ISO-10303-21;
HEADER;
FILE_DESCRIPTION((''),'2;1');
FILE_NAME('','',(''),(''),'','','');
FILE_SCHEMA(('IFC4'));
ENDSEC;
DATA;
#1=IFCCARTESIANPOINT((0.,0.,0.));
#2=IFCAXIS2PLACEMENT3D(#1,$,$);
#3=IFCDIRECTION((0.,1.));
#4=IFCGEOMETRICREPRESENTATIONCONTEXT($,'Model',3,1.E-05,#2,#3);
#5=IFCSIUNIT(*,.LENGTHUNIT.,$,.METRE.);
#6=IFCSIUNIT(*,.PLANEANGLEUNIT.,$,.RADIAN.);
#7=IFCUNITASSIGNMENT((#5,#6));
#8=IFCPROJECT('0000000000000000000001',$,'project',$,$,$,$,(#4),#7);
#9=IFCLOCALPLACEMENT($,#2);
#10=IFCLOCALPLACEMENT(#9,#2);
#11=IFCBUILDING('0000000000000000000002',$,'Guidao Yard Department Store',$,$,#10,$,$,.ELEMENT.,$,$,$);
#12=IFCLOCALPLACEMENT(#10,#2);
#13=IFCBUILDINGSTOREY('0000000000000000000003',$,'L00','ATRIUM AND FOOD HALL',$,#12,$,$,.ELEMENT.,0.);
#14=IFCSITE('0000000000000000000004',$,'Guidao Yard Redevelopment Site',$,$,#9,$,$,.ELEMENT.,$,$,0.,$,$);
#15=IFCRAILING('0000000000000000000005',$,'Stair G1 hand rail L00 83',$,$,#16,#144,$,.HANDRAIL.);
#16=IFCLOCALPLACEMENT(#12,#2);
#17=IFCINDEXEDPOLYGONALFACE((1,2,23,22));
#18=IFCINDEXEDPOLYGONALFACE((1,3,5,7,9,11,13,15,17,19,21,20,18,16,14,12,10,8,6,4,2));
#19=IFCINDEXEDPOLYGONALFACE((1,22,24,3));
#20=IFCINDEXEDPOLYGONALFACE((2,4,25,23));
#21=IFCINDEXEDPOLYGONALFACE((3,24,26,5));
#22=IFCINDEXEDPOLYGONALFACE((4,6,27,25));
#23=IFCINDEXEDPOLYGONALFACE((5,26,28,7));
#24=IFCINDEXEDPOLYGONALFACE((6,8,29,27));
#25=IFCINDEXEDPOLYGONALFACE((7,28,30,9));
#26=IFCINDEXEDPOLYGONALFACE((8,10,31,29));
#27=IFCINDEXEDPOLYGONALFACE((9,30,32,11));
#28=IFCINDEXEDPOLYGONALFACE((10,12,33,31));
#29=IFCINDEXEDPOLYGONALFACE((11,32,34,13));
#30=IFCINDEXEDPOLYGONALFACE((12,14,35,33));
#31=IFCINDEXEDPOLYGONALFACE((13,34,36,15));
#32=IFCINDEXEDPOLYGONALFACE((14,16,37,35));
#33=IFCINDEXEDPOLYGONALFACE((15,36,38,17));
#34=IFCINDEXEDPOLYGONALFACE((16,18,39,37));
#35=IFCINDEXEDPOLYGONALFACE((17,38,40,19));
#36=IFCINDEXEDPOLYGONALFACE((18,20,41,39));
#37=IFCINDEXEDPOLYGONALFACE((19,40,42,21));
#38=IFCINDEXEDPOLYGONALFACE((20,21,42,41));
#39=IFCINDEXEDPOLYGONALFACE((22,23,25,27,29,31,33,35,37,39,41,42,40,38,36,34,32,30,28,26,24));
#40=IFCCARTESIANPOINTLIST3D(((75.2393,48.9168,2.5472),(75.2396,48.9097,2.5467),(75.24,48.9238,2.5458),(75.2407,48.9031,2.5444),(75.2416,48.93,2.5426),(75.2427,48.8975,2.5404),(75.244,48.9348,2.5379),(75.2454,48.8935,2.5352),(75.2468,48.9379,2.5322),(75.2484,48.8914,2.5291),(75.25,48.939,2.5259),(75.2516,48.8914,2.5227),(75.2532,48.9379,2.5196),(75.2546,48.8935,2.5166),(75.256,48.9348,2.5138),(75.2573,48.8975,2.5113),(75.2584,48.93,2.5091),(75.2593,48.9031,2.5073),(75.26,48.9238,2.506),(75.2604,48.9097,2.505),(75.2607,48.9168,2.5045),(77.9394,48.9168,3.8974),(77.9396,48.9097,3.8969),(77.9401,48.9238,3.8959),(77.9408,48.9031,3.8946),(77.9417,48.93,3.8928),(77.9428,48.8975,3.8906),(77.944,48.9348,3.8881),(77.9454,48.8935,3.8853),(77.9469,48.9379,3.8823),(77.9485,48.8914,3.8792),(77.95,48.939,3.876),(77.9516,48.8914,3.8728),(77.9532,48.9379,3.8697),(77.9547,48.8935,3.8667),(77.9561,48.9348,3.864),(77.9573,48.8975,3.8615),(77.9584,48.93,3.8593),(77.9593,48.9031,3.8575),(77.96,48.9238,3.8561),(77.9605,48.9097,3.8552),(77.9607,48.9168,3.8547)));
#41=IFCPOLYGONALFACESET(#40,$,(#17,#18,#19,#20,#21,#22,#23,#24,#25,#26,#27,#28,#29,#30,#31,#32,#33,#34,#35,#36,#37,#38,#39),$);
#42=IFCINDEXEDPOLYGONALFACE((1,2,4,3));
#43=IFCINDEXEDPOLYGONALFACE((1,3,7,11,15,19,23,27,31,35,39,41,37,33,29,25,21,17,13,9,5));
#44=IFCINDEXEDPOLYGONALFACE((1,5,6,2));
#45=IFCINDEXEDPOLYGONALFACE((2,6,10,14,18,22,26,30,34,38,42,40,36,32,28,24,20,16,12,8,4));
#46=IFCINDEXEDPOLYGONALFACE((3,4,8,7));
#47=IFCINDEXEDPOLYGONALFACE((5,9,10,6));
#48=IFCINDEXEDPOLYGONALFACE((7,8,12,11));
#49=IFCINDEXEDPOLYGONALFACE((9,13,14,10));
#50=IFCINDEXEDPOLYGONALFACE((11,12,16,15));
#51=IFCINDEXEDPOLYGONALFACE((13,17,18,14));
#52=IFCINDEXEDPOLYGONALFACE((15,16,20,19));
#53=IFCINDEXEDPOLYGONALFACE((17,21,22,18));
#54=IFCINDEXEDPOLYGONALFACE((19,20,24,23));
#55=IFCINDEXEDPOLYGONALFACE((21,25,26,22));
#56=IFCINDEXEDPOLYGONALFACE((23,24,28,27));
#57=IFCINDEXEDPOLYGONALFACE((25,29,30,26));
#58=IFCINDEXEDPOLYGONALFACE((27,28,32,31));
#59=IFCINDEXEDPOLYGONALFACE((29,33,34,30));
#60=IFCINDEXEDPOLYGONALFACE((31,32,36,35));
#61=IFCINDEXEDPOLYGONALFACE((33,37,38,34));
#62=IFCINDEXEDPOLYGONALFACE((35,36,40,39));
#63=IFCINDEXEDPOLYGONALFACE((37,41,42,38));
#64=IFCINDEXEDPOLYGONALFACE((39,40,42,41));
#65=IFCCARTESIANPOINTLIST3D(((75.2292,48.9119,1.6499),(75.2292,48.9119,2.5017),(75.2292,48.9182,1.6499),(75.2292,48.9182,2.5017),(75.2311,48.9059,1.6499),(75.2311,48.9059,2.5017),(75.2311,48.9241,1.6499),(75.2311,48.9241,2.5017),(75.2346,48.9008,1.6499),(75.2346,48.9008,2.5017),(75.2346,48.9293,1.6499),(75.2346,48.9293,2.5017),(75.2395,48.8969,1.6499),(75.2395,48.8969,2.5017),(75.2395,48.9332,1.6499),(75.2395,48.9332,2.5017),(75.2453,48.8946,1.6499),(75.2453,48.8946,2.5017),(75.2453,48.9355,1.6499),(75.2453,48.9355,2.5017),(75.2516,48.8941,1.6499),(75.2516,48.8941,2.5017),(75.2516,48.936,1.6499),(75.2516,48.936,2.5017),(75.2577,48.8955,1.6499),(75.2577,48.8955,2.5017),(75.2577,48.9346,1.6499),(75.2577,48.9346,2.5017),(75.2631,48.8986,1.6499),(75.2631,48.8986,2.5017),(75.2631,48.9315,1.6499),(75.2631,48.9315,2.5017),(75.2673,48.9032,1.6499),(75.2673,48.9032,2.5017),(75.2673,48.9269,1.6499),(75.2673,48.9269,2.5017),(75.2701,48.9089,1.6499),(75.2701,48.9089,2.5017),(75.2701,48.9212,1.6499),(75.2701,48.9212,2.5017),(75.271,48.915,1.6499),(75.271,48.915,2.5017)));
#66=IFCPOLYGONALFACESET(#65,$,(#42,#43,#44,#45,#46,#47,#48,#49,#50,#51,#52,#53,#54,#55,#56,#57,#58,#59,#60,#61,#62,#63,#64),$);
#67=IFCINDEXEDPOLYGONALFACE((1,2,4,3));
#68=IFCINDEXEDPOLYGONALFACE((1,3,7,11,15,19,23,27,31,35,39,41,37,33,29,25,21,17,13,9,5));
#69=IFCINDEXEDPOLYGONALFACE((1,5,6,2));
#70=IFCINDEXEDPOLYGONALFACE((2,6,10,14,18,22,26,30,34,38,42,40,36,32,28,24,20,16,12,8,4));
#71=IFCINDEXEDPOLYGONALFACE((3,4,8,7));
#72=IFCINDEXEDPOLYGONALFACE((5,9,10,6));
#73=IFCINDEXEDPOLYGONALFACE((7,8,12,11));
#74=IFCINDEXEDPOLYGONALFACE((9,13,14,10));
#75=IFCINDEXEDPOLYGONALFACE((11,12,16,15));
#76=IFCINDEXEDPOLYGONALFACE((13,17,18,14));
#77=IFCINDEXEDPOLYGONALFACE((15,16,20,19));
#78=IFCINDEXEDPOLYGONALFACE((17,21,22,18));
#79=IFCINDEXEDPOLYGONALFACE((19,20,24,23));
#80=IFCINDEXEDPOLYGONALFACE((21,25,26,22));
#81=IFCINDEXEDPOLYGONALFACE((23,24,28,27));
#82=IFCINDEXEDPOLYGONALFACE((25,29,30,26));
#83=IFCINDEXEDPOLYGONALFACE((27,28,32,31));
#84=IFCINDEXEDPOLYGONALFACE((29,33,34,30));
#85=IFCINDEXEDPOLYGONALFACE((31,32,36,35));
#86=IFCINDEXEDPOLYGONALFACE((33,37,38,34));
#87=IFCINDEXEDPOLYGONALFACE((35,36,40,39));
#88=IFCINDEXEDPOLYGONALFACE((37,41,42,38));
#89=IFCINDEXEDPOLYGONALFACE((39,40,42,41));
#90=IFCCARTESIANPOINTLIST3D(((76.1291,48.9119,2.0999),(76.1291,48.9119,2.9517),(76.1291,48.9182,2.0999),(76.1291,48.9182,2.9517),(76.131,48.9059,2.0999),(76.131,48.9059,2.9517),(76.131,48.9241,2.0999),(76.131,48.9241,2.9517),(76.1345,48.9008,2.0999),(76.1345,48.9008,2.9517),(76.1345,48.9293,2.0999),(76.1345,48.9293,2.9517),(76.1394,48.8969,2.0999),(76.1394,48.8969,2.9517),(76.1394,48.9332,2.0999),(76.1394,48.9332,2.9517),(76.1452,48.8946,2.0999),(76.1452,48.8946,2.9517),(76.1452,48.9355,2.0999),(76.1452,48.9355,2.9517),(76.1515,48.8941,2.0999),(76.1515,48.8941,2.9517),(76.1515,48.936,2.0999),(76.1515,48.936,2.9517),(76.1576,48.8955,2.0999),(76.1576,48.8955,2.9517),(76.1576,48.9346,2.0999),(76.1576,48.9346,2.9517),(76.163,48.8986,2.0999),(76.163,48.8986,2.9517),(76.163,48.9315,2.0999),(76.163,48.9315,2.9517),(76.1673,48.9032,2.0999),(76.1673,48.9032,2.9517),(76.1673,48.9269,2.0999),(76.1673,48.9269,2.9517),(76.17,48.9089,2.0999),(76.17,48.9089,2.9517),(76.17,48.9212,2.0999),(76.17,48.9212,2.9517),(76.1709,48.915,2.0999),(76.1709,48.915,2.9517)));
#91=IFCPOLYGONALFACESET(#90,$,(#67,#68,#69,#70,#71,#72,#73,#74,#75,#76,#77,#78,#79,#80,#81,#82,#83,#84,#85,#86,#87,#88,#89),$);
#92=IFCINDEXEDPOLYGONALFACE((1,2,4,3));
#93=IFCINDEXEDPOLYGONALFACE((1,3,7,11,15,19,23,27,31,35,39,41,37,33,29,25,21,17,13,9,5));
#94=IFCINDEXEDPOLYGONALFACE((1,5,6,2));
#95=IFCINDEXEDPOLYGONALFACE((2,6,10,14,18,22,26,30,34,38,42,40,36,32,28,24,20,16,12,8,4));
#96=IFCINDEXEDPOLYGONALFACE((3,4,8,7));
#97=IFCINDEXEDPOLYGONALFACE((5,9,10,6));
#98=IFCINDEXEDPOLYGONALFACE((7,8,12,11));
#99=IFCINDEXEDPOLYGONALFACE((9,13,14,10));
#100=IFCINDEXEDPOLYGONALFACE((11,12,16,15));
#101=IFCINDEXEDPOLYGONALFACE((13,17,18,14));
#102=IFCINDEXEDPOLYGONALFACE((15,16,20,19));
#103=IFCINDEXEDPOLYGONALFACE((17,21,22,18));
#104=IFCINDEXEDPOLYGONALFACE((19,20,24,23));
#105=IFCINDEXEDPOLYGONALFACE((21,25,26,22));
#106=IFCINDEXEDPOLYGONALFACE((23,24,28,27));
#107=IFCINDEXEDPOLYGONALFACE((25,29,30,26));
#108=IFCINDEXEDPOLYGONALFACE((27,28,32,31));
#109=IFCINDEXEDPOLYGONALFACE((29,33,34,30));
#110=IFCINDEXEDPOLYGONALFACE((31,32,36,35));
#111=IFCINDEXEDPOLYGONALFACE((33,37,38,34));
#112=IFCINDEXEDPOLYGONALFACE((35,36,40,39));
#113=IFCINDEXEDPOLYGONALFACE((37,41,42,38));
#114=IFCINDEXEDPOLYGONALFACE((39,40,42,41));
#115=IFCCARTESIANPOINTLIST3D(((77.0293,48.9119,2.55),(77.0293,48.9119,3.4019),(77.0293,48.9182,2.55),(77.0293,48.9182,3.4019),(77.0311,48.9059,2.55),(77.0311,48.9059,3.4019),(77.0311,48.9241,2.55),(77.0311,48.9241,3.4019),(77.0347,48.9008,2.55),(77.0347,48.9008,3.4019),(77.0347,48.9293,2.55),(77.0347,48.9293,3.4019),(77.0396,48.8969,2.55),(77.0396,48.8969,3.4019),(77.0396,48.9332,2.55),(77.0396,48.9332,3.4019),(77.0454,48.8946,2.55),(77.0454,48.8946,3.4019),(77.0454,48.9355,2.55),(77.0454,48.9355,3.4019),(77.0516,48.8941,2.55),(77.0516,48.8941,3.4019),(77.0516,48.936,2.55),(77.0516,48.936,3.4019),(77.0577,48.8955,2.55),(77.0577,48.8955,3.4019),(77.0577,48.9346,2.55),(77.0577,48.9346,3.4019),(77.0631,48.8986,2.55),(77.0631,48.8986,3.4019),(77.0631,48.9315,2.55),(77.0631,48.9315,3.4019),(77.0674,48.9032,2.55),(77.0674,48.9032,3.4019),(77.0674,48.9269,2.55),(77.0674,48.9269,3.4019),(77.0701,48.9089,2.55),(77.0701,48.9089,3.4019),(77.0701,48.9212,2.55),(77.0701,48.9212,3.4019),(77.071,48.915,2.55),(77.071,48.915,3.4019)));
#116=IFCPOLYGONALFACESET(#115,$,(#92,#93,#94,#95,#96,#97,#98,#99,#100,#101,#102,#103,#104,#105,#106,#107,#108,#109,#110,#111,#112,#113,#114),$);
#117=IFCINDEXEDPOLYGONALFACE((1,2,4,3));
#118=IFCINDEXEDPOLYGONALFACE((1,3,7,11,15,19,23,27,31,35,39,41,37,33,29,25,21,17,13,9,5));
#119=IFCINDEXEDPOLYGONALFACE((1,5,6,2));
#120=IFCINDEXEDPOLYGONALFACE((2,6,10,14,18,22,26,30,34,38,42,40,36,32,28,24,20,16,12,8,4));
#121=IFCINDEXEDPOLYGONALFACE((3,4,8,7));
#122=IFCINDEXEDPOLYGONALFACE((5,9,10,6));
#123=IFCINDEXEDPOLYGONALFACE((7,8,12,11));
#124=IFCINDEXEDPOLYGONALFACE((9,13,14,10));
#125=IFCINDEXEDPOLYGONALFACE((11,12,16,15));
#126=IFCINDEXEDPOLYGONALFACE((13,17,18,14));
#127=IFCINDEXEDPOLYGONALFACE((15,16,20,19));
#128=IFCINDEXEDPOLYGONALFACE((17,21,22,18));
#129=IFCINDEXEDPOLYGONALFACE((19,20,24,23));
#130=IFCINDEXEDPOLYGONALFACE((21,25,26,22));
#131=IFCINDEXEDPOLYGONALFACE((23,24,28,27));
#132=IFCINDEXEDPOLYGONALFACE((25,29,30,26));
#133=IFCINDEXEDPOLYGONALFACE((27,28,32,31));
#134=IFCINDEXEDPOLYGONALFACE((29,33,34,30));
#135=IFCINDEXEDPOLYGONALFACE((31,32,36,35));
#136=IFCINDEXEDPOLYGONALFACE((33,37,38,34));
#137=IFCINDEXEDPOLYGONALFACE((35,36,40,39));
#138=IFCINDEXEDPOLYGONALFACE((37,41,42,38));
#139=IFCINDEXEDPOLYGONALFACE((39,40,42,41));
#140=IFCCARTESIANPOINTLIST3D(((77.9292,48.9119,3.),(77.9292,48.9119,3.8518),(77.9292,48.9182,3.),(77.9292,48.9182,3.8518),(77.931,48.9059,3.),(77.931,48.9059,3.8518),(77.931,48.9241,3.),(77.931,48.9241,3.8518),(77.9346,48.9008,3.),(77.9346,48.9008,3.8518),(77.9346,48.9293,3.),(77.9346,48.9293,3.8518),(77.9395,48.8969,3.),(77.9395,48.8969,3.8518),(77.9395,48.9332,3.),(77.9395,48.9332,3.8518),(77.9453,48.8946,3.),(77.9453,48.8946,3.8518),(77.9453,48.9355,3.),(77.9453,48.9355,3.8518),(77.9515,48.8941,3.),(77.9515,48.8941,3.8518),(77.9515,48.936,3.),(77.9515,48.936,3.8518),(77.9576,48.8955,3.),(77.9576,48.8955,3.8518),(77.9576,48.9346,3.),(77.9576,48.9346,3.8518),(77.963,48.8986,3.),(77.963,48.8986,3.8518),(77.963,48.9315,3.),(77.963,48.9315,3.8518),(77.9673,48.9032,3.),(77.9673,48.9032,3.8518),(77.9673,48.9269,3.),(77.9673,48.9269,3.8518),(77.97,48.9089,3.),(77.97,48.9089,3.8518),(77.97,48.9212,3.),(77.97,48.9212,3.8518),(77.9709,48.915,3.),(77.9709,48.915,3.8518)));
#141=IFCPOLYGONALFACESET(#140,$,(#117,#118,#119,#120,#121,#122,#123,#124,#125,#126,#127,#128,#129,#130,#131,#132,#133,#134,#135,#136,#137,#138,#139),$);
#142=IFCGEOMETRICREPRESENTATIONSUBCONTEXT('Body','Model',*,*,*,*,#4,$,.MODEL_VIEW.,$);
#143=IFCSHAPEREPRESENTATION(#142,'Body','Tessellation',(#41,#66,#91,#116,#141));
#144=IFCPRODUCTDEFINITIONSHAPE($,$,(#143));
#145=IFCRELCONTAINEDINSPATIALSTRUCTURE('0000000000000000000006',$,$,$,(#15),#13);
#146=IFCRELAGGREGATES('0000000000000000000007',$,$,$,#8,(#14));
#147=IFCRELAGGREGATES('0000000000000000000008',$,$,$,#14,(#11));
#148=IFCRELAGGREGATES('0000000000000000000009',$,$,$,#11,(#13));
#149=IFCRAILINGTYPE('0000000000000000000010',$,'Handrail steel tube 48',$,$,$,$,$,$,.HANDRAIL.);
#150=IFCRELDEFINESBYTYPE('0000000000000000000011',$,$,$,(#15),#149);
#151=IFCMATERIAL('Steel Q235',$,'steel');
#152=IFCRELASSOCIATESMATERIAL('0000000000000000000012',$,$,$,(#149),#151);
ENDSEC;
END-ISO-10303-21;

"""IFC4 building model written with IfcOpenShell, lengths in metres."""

from ifc_helpers import new_model, si_unit, direction, frame, origin, origin_2d, place, context, subcontext, project, spatial, circle, extrude, material, type_object, element, save


model = new_model("IFC4")

# Units and contexts
model_context = context("Model", 3, precision=1e-05, world=origin(), true_north=direction((0.0, 1.0)))
body_context = subcontext(model_context, "Body", "Model", "MODEL_VIEW")
ifc_project = project(units=[si_unit("LENGTHUNIT", "METRE"), si_unit("PLANEANGLEUNIT", "RADIAN")], contexts=[model_context])

# Site, building, storey
site_placement = place(None, origin())
site = spatial("IfcSite", under=ifc_project, at=site_placement, Name="Guidao Yard Redevelopment Site", CompositionType="ELEMENT", RefElevation=0.0)
building_placement = place(site_placement, origin())
building = spatial("IfcBuilding", under=site, at=building_placement, Name="Guidao Yard Department Store", CompositionType="ELEMENT")
storey_placement = place(building_placement, origin())
storey = spatial("IfcBuildingStorey", under=building, at=storey_placement, Name="L00", Description="ATRIUM AND FOOD HALL", CompositionType="ELEMENT", Elevation=0.0)

# Railing
ifc_material_1 = material(Name="Steel Q235", Category="steel")
railing_type = type_object("IfcRailingType", Name="Handrail steel tube 48", PredefinedType="HANDRAIL", material=ifc_material_1)
for number, where, name in (
    (1, (75.25, 48.915, 1.6499), "Stair G1 hand rail L00 83"),
):
    element("IfcRailing", number, at=place(storey_placement, frame(where)), inside=storey, type_object=railing_type, Name=name, PredefinedType="HANDRAIL", context=body_context, shape_type="SweptSolid", body=[
        extrude(circle(Radius=0.0239, at=origin_2d()), frame((0.0, 0.0, 0.876), z_axis=(0.894411, 0.0, 0.447246), x_axis=(0.0, 1.0, 0.0)), (0.0, 0.0, 1.0), 3.0188),
        extrude(circle(Radius=0.021, at=origin_2d()), origin(), (0.0, 0.0, 1.0), 0.8518),
        extrude(circle(Radius=0.021, at=origin_2d()), frame((0.8999, 0.0, 0.45)), (0.0, 0.0, 1.0), 0.8518),
        extrude(circle(Radius=0.021, at=origin_2d()), frame((1.8, 0.0, 0.9001)), (0.0, 0.0, 1.0), 0.8518),
        extrude(circle(Radius=0.021, at=origin_2d()), frame((2.7, 0.0, 1.3501)), (0.0, 0.0, 1.0), 0.8518),
    ])

save(model, "model.ifc")
